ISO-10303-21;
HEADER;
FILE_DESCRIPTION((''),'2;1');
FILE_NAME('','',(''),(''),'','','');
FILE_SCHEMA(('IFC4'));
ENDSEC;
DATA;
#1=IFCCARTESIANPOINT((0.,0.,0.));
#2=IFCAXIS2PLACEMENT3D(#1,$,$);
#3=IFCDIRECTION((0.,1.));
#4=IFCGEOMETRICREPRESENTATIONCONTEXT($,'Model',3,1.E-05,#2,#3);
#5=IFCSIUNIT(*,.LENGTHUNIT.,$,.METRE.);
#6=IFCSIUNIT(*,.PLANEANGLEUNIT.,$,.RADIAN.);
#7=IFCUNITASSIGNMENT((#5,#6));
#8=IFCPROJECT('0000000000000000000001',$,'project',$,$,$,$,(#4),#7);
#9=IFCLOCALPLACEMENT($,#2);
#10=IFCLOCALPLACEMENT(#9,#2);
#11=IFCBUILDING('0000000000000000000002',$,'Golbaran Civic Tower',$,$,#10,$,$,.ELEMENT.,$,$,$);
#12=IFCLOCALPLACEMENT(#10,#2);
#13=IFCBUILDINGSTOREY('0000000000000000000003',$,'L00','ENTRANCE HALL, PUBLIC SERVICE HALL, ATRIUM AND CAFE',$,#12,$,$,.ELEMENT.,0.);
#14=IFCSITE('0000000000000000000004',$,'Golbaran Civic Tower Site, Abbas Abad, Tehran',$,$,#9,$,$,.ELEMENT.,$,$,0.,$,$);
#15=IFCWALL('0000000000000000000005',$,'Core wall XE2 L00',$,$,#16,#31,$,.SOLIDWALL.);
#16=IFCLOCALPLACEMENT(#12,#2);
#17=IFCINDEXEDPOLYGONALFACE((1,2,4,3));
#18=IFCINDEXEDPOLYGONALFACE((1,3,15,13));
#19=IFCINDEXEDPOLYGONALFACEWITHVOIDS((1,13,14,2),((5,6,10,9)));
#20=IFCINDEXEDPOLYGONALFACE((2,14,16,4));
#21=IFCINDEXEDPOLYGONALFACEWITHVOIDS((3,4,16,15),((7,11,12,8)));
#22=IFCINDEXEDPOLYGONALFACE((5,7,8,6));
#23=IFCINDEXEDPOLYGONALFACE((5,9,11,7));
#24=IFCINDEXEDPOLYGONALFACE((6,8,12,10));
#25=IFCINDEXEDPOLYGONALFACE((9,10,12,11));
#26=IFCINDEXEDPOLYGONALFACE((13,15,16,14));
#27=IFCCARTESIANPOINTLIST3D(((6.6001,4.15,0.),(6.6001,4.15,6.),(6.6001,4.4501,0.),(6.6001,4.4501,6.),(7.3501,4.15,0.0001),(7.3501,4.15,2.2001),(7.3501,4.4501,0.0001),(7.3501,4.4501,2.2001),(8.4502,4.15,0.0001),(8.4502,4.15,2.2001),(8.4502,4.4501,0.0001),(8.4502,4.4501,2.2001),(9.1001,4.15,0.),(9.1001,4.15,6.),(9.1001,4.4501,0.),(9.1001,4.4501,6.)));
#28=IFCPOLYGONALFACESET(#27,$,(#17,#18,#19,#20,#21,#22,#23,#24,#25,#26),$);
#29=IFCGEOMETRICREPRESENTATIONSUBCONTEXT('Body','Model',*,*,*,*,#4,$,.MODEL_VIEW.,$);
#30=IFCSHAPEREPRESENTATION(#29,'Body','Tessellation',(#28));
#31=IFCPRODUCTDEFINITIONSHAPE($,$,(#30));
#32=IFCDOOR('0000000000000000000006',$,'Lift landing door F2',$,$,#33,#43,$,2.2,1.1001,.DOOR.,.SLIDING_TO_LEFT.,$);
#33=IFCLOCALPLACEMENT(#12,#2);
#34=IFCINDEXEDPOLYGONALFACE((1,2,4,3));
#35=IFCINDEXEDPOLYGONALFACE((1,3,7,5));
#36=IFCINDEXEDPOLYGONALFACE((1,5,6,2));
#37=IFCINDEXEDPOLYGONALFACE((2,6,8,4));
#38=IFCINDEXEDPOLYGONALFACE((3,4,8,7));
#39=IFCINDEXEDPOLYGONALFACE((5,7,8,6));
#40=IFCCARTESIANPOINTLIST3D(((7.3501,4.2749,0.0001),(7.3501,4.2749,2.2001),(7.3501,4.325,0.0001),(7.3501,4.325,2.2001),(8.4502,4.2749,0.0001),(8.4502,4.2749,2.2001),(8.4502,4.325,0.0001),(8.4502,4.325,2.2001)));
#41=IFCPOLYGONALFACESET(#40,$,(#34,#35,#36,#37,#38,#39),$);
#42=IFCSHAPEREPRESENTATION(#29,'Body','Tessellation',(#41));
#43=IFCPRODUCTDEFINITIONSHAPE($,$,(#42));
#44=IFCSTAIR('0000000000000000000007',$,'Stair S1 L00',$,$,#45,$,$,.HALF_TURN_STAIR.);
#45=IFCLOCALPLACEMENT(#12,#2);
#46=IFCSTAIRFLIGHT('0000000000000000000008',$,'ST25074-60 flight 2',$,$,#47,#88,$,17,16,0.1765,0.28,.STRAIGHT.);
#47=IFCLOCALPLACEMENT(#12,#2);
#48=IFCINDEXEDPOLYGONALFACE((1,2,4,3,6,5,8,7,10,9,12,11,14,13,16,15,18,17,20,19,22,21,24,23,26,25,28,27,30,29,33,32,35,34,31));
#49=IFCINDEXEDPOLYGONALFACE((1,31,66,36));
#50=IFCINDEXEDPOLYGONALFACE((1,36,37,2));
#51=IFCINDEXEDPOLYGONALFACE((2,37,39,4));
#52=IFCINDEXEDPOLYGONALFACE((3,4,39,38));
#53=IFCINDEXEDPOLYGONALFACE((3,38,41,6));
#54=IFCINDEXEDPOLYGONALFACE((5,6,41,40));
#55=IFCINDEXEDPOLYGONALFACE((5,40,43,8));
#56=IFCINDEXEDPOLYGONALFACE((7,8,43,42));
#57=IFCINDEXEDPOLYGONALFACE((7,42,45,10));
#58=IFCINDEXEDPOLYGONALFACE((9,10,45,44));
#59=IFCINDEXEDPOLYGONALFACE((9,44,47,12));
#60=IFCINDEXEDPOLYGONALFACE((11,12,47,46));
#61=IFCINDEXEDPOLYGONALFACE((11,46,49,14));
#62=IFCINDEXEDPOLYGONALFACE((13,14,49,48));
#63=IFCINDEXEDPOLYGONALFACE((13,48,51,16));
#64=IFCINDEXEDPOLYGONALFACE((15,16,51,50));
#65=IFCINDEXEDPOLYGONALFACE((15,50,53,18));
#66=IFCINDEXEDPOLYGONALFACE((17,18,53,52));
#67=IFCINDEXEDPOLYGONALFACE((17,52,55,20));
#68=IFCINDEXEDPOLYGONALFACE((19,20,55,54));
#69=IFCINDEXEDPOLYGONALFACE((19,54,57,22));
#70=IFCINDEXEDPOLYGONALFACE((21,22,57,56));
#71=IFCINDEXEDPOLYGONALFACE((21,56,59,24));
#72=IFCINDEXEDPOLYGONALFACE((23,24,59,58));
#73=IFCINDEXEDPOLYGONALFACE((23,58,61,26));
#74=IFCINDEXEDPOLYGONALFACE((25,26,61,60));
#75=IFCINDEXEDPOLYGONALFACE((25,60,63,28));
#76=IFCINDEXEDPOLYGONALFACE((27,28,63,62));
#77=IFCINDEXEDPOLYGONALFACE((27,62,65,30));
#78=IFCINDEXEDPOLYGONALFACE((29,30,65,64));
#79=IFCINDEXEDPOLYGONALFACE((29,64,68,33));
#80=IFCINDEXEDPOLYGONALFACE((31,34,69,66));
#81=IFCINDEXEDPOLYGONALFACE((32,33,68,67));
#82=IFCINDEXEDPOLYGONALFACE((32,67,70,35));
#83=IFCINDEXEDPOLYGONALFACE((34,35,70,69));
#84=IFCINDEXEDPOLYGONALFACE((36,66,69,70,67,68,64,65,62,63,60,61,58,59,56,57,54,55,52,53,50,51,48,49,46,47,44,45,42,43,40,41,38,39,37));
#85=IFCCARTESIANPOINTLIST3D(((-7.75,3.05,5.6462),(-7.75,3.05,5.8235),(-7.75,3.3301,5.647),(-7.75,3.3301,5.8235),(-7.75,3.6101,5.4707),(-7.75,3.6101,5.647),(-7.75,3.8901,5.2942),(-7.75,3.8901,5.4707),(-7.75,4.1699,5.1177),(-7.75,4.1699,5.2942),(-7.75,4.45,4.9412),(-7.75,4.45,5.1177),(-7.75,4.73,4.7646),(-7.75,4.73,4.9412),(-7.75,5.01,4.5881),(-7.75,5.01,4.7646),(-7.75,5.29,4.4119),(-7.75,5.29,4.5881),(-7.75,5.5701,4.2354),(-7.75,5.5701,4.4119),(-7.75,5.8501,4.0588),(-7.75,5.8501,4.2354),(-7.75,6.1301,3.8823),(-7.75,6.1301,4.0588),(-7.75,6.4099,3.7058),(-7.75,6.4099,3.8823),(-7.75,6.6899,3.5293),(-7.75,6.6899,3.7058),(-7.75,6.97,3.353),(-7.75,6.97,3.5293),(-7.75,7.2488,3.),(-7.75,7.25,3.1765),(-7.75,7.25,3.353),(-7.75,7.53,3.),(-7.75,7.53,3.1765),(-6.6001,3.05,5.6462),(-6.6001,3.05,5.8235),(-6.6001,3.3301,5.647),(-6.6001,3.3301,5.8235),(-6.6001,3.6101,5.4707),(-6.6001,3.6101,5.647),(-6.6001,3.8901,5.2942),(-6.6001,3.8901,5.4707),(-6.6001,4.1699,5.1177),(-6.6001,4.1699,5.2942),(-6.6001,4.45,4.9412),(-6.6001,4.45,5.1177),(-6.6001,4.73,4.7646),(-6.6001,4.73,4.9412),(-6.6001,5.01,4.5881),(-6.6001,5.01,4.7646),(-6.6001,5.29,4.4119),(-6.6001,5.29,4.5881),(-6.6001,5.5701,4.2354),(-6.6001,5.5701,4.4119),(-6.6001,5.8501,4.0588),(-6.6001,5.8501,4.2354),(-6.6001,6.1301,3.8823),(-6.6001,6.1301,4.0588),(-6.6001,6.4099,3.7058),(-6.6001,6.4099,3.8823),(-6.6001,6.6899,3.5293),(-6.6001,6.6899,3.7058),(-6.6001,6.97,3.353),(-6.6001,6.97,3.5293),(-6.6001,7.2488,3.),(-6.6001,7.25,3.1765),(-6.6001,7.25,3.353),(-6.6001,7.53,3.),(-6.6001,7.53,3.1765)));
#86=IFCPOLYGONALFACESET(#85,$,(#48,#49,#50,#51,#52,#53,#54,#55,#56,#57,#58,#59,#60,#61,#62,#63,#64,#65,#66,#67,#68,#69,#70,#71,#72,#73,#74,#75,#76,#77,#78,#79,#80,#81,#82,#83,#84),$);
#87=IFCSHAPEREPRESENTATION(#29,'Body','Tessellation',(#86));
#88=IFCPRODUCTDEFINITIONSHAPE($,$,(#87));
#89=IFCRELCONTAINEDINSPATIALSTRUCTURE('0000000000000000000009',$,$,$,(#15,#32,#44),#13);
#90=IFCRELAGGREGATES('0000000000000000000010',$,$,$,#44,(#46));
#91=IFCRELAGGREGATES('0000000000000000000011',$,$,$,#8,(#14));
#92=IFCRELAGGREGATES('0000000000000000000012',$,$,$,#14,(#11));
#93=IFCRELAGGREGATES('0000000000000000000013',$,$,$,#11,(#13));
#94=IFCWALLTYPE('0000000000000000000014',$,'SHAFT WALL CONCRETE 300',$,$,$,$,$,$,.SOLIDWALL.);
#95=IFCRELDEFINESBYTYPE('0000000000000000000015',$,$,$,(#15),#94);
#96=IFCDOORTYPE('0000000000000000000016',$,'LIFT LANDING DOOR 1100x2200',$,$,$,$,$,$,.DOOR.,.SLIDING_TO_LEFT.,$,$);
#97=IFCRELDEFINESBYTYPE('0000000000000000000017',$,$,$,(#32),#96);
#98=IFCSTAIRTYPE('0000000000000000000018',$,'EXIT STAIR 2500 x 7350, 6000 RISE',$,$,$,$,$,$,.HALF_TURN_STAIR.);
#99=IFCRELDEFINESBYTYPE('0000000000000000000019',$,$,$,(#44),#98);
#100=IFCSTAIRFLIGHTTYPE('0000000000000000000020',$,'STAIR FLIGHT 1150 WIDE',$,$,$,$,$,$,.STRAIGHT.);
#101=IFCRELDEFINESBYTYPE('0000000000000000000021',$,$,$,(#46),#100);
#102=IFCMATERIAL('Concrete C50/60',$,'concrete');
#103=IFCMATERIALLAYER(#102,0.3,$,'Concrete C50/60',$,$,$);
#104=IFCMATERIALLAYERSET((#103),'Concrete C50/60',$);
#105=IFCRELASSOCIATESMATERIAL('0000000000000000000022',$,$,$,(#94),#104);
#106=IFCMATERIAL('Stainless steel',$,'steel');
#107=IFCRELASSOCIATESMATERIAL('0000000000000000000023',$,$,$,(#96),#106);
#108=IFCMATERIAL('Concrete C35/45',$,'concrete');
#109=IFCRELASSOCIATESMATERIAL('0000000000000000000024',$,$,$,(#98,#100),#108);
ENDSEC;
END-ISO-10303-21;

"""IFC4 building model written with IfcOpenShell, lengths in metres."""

from ifc_helpers import new_model, si_unit, direction, frame, frame_2d, origin, place, context, subcontext, project, spatial, polyline, rectangle, outline, extrude, material, layer, layer_set, type_object, element, fill, aggregate, save


model = new_model("IFC4")

# Units and contexts
model_context = context("Model", 3, precision=1e-05, world=origin(), true_north=direction((0.0, 1.0)))
body_context = subcontext(model_context, "Body", "Model", "MODEL_VIEW")
ifc_project = project(units=[si_unit("LENGTHUNIT", "METRE"), si_unit("PLANEANGLEUNIT", "RADIAN")], contexts=[model_context])

# Site, building, storey
site_placement = place(None, origin())
site = spatial("IfcSite", under=ifc_project, at=site_placement, Name="Golbaran Civic Tower Site, Abbas Abad, Tehran", CompositionType="ELEMENT", RefElevation=0.0)
building_placement = place(site_placement, origin())
building = spatial("IfcBuilding", under=site, at=building_placement, Name="Golbaran Civic Tower", CompositionType="ELEMENT")
storey_placement = place(building_placement, origin())
storey = spatial("IfcBuildingStorey", under=building, at=storey_placement, Name="L00", Description="ENTRANCE HALL, PUBLIC SERVICE HALL, ATRIUM AND CAFE", CompositionType="ELEMENT", Elevation=0.0)

# Shared definitions
ifc_material_1 = material(Name="Concrete C50/60", Category="concrete")

# Shared definitions
ifc_layer_1 = layer(ifc_material_1, 0.3, Name="Concrete C50/60")
ifc_layer_set_1 = layer_set([ifc_layer_1], Name="Concrete C50/60")
wall_type_1 = type_object("IfcWallType", Name="SHAFT WALL CONCRETE 300", PredefinedType="SOLIDWALL", material=ifc_layer_set_1)

# Wall, opening, door
wall_1_placement = place(storey_placement, frame((6.6001, 4.3, 0.0), z_axis=(0.0, 0.0, 1.0), x_axis=(1.0, 0.0, 0.0)))
wall_1 = element("IfcWall", 1, at=wall_1_placement, inside=storey, type_object=wall_type_1, Name="Core wall XE2 L00", PredefinedType="SOLIDWALL", context=body_context, shape_type="SweptSolid", body=[
    extrude(rectangle(XDim=2.5, YDim=0.3, at=frame_2d((1.25, 0.0))), origin(), (0.0, 0.0, 1.0), 6.0),
])
opening_1_placement = place(wall_1_placement, frame((0.75, 0.0, 0.0)))
opening_1 = element("IfcOpeningElement", 2, at=opening_1_placement, cuts=wall_1, PredefinedType="OPENING", context=body_context, shape_type="SweptSolid", body=[
    extrude(rectangle(XDim=1.1001, YDim=2.2, at=frame_2d((0.55, 1.1001))), frame((0.0, 0.1599, 0.0), z_axis=(0.0, -1.0, 0.0), x_axis=(1.0, 0.0, 0.0)), (0.0, 0.0, 1.0), 0.3201),
])
ifc_material_2 = material(Name="Stainless steel", Category="steel")
door_type_1 = type_object("IfcDoorType", Name="LIFT LANDING DOOR 1100x2200", OperationType="SLIDING_TO_LEFT", PredefinedType="DOOR", material=ifc_material_2)
door_1_placement = place(opening_1_placement, origin())
door_1 = element("IfcDoor", 3, at=door_1_placement, inside=storey, type_object=door_type_1, Name="Lift landing door F2", OperationType="SLIDING_TO_LEFT", OverallHeight=2.2, OverallWidth=1.1001, PredefinedType="DOOR", context=body_context, shape_type="SweptSolid", body=[
    extrude(rectangle(XDim=1.1001, YDim=2.2, at=frame_2d((0.55, 1.1001))), frame((0.0, 0.0249, 0.0), z_axis=(0.0, -1.0, 0.0), x_axis=(1.0, 0.0, 0.0)), (0.0, 0.0, 1.0), 0.05),
])
fill(opening_1, door_1)

# Stair, stair flight
ifc_material_3 = material(Name="Concrete C35/45", Category="concrete")
stair_type = type_object("IfcStairType", Name="EXIT STAIR 2500 x 7350, 6000 RISE", PredefinedType="HALF_TURN_STAIR", material=ifc_material_3)
stair_placement = place(storey_placement, origin())
stair = element("IfcStair", 4, at=stair_placement, inside=storey, type_object=stair_type, Name="Stair S1 L00", PredefinedType="HALF_TURN_STAIR")
stair_flight_type = type_object("IfcStairFlightType", Name="STAIR FLIGHT 1150 WIDE", PredefinedType="STRAIGHT", material=ifc_material_3)
stair_flight_placement = place(storey_placement, frame((-7.175, 7.53, 3.0), z_axis=(0.0, 0.0, 1.0), x_axis=(0.0, -1.0, 0.0)))
stair_flight = element("IfcStairFlight", 5, at=stair_flight_placement, type_object=stair_flight_type, Name="ST25074-60 flight 2", NumberOfRisers=17, NumberOfTreads=16, PredefinedType="STRAIGHT", RiserHeight=0.1765, TreadLength=0.28, context=body_context, shape_type="SweptSolid", body=[
    extrude(outline(polyline([(0.0, 0.0), (0.0, 0.1765), (0.28, 0.1765), (0.28, 0.353), (0.5601, 0.353), (0.5601, 0.5293), (0.8401, 0.5293), (0.8401, 0.7058), (1.1201, 0.7058), (1.1201, 0.8823), (1.3999, 0.8823), (1.3999, 1.0588), (1.6799, 1.0588), (1.6799, 1.2354), (1.96, 1.2354), (1.96, 1.4119), (2.24, 1.4119), (2.24, 1.5881), (2.52, 1.5881), (2.52, 1.7646), (2.8, 1.7646), (2.8, 1.9412), (3.0801, 1.9412), (3.0801, 2.1177), (3.3601, 2.1177), (3.3601, 2.2942), (3.6399, 2.2942), (3.6399, 2.4707), (3.9199, 2.4707), (3.9199, 2.647), (4.2, 2.647), (4.2, 2.8235), (4.48, 2.8235), (4.48, 3.0), (4.48, 2.6462), (0.2812, 0.0), (0.0, 0.0)])), frame((0.0, 0.575, 0.0), z_axis=(0.0, -1.0, 0.0), x_axis=(1.0, 0.0, 0.0)), (0.0, 0.0, 1.0), 1.1499),
])
aggregate(stair, [stair_flight])

save(model, "model.ifc")
